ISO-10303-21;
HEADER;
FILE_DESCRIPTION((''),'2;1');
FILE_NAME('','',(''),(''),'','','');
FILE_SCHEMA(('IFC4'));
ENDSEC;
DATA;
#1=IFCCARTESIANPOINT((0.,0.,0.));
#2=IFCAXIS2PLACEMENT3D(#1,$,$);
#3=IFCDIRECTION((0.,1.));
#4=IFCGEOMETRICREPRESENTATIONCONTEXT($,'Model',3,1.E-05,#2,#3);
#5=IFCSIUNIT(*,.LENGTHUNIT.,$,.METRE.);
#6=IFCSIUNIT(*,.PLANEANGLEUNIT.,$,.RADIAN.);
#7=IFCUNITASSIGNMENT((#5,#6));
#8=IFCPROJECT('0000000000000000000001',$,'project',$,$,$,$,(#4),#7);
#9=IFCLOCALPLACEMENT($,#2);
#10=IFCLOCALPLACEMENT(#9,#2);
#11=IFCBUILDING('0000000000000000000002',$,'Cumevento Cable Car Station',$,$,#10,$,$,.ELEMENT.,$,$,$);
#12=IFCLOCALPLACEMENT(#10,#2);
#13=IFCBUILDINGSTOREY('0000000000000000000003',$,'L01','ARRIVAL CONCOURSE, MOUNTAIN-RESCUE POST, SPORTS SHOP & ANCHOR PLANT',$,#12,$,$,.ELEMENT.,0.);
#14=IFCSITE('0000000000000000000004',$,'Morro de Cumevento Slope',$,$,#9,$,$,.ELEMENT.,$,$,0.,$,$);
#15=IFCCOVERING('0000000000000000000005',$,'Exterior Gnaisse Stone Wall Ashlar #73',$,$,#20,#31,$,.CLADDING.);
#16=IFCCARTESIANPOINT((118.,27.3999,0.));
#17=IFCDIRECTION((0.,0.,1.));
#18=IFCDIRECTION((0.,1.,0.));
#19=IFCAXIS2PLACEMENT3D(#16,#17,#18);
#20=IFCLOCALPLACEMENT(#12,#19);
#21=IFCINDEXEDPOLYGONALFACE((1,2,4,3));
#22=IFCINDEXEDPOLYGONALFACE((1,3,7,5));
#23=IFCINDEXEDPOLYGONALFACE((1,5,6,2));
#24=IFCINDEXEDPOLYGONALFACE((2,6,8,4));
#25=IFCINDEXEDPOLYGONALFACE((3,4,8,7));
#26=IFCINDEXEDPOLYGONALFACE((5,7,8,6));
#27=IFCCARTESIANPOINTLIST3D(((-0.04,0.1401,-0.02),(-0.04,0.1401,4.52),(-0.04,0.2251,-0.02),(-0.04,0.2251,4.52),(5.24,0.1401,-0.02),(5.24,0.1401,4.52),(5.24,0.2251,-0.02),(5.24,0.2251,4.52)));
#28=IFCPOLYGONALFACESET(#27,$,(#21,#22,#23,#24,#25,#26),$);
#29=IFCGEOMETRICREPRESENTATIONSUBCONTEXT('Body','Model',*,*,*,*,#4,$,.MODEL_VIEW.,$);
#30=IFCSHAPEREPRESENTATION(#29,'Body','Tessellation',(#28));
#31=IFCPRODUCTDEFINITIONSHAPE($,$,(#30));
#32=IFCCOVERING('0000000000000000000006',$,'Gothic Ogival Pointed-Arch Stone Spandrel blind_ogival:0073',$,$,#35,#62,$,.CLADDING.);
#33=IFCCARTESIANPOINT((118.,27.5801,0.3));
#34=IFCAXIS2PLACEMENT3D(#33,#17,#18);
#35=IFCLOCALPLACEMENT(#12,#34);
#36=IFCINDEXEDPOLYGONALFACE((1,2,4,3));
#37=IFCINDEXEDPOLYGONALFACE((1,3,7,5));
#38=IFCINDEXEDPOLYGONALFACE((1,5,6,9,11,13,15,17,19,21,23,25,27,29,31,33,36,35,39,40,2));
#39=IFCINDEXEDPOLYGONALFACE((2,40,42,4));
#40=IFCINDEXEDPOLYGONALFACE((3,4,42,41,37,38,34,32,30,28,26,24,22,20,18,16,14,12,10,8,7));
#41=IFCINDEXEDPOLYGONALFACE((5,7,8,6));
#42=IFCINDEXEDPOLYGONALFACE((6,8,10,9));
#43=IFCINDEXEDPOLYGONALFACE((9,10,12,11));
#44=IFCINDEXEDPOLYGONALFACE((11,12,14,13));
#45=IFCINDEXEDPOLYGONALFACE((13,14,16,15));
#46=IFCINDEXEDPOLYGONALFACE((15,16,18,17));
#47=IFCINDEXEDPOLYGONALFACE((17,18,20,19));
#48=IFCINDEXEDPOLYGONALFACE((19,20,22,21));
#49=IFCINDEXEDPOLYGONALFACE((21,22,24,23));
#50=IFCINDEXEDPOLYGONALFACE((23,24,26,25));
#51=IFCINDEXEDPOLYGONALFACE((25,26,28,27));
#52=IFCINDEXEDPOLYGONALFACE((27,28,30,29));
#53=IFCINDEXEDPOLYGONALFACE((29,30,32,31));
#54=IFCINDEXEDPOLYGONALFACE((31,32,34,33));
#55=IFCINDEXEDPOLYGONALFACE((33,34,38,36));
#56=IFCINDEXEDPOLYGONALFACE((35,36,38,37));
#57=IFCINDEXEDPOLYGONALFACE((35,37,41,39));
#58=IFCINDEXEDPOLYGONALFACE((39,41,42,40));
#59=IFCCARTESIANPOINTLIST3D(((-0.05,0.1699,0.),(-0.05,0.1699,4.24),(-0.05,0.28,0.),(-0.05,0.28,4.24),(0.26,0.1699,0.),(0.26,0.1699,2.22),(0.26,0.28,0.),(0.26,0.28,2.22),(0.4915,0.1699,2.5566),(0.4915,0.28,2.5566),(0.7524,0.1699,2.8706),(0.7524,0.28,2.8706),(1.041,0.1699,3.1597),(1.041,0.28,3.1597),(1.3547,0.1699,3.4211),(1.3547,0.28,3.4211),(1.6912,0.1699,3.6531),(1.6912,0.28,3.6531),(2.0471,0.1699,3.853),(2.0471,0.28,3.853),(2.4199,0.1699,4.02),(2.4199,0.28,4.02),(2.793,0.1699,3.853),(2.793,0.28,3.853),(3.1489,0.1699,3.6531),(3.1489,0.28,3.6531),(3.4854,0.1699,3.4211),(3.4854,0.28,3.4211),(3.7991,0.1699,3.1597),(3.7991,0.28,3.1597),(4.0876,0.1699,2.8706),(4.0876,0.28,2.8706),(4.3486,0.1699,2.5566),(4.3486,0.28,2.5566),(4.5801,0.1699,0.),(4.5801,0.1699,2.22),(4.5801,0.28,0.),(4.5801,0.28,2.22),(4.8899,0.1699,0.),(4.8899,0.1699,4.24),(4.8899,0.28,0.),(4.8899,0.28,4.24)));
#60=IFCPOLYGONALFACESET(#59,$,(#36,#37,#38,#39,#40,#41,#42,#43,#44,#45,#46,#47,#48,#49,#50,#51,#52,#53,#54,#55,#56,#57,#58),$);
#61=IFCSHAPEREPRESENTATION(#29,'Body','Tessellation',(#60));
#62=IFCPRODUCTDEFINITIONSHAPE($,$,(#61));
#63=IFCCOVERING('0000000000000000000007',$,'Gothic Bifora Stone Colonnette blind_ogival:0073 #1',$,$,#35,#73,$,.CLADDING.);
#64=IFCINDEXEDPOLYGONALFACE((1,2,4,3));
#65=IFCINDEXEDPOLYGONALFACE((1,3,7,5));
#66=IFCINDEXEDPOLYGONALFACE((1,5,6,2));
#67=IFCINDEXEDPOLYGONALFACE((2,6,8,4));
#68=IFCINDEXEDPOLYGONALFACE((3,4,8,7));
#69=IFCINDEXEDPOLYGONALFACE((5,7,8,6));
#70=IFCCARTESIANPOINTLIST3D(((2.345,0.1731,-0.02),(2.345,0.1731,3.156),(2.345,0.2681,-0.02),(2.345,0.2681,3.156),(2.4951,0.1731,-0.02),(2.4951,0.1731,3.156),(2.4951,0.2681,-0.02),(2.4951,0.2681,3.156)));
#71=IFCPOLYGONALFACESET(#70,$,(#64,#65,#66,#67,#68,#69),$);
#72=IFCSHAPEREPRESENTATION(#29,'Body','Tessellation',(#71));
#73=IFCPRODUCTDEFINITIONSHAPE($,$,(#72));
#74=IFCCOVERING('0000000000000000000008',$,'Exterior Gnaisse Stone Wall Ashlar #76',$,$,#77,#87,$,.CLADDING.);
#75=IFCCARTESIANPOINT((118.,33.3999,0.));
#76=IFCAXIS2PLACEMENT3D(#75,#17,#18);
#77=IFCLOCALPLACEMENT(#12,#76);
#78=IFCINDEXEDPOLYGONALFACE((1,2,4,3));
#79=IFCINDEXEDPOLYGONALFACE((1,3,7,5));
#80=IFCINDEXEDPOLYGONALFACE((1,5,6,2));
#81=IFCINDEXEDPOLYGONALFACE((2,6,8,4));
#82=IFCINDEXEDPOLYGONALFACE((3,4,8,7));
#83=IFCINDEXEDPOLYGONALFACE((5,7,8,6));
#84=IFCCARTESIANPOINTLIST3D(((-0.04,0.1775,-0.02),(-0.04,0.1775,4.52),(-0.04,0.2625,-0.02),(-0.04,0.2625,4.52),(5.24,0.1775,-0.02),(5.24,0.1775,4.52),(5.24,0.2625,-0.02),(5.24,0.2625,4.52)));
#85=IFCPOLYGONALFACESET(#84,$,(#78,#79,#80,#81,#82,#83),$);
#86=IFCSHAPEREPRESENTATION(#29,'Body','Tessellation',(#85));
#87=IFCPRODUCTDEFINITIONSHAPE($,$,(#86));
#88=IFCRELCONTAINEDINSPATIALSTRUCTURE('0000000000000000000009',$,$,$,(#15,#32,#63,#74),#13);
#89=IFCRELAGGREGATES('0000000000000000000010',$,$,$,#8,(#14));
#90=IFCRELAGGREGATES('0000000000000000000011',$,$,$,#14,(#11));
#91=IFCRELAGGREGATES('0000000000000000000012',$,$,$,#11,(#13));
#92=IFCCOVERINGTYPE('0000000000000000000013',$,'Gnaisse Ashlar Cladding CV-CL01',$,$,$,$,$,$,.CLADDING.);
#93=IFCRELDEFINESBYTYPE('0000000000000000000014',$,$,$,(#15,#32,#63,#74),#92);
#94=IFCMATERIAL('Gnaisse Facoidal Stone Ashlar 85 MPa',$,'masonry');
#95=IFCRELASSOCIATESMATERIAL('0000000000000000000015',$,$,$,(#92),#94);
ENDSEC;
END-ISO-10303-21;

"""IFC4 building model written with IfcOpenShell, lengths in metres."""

from ifc_helpers import new_model, si_unit, direction, frame, origin, place, context, subcontext, project, spatial, polyline, outline, extrude, material, type_object, element, save


model = new_model("IFC4")

# Units and contexts
model_context = context("Model", 3, precision=1e-05, world=origin(), true_north=direction((0.0, 1.0)))
body_context = subcontext(model_context, "Body", "Model", "MODEL_VIEW")
ifc_project = project(units=[si_unit("LENGTHUNIT", "METRE"), si_unit("PLANEANGLEUNIT", "RADIAN")], contexts=[model_context])

# Site, building, storey
site_placement = place(None, origin())
site = spatial("IfcSite", under=ifc_project, at=site_placement, Name="Morro de Cumevento Slope", CompositionType="ELEMENT", RefElevation=0.0)
building_placement = place(site_placement, origin())
building = spatial("IfcBuilding", under=site, at=building_placement, Name="Cumevento Cable Car Station", CompositionType="ELEMENT")
storey_placement = place(building_placement, origin())
storey = spatial("IfcBuildingStorey", under=building, at=storey_placement, Name="L01", Description="ARRIVAL CONCOURSE, MOUNTAIN-RESCUE POST, SPORTS SHOP & ANCHOR PLANT", CompositionType="ELEMENT", Elevation=0.0)

# Coverings
ifc_material_1 = material(Name="Gnaisse Facoidal Stone Ashlar 85 MPa", Category="masonry")
covering_type = type_object("IfcCoveringType", Name="Gnaisse Ashlar Cladding CV-CL01", PredefinedType="CLADDING", material=ifc_material_1)
covering_1_placement = place(storey_placement, frame((118.0, 27.3999, 0.0), z_axis=(0.0, 0.0, 1.0), x_axis=(0.0, 1.0, 0.0)))
element("IfcCovering", 1, at=covering_1_placement, inside=storey, type_object=covering_type, Name="Exterior Gnaisse Stone Wall Ashlar #73", PredefinedType="CLADDING", context=body_context, shape_type="SweptSolid", body=[
    extrude(outline(polyline([(-0.04, -0.02), (5.24, -0.02), (5.24, 4.52), (-0.04, 4.52), (-0.04, -0.02)])), frame((0.0, 0.2251, 0.0), z_axis=(0.0, -1.0, 0.0), x_axis=(1.0, 0.0, 0.0)), (0.0, 0.0, 1.0), 0.085),
])
placement = place(storey_placement, frame((118.0, 27.5801, 0.3), z_axis=(0.0, 0.0, 1.0), x_axis=(0.0, 1.0, 0.0)))
element("IfcCovering", 2, at=placement, inside=storey, type_object=covering_type, Name="Gothic Ogival Pointed-Arch Stone Spandrel blind_ogival:0073", PredefinedType="CLADDING", context=body_context, shape_type="SweptSolid", body=[
    extrude(outline(polyline([(-0.05, 0.0), (-0.05, 4.24), (4.8899, 4.24), (4.8899, 0.0), (4.5801, 0.0), (4.5801, 2.22), (4.3486, 2.5566), (4.0876, 2.8706), (3.7991, 3.1597), (3.4854, 3.4211), (3.1489, 3.6531), (2.793, 3.853), (2.4199, 4.02), (2.0471, 3.853), (1.6912, 3.6531), (1.3547, 3.4211), (1.041, 3.1597), (0.7524, 2.8706), (0.4915, 2.5566), (0.26, 2.22), (0.26, 0.0), (-0.05, 0.0)])), frame((0.0, 0.28, 0.0), z_axis=(0.0, -1.0, 0.0), x_axis=(1.0, 0.0, 0.0)), (0.0, 0.0, 1.0), 0.1101),
])
element("IfcCovering", 3, at=placement, inside=storey, type_object=covering_type, Name="Gothic Bifora Stone Colonnette blind_ogival:0073 #1", PredefinedType="CLADDING", context=body_context, shape_type="SweptSolid", body=[
    extrude(outline(polyline([(2.345, -0.02), (2.4951, -0.02), (2.4951, 3.156), (2.345, 3.156), (2.345, -0.02)])), frame((0.0, 0.2681, 0.0), z_axis=(0.0, -1.0, 0.0), x_axis=(1.0, 0.0, 0.0)), (0.0, 0.0, 1.0), 0.095),
])
covering_2_placement = place(storey_placement, frame((118.0, 33.3999, 0.0), z_axis=(0.0, 0.0, 1.0), x_axis=(0.0, 1.0, 0.0)))
element("IfcCovering", 4, at=covering_2_placement, inside=storey, type_object=covering_type, Name="Exterior Gnaisse Stone Wall Ashlar #76", PredefinedType="CLADDING", context=body_context, shape_type="SweptSolid", body=[
    extrude(outline(polyline([(-0.04, -0.02), (5.24, -0.02), (5.24, 4.52), (-0.04, 4.52), (-0.04, -0.02)])), frame((0.0, 0.2625, 0.0), z_axis=(0.0, -1.0, 0.0), x_axis=(1.0, 0.0, 0.0)), (0.0, 0.0, 1.0), 0.085),
])

save(model, "model.ifc")
